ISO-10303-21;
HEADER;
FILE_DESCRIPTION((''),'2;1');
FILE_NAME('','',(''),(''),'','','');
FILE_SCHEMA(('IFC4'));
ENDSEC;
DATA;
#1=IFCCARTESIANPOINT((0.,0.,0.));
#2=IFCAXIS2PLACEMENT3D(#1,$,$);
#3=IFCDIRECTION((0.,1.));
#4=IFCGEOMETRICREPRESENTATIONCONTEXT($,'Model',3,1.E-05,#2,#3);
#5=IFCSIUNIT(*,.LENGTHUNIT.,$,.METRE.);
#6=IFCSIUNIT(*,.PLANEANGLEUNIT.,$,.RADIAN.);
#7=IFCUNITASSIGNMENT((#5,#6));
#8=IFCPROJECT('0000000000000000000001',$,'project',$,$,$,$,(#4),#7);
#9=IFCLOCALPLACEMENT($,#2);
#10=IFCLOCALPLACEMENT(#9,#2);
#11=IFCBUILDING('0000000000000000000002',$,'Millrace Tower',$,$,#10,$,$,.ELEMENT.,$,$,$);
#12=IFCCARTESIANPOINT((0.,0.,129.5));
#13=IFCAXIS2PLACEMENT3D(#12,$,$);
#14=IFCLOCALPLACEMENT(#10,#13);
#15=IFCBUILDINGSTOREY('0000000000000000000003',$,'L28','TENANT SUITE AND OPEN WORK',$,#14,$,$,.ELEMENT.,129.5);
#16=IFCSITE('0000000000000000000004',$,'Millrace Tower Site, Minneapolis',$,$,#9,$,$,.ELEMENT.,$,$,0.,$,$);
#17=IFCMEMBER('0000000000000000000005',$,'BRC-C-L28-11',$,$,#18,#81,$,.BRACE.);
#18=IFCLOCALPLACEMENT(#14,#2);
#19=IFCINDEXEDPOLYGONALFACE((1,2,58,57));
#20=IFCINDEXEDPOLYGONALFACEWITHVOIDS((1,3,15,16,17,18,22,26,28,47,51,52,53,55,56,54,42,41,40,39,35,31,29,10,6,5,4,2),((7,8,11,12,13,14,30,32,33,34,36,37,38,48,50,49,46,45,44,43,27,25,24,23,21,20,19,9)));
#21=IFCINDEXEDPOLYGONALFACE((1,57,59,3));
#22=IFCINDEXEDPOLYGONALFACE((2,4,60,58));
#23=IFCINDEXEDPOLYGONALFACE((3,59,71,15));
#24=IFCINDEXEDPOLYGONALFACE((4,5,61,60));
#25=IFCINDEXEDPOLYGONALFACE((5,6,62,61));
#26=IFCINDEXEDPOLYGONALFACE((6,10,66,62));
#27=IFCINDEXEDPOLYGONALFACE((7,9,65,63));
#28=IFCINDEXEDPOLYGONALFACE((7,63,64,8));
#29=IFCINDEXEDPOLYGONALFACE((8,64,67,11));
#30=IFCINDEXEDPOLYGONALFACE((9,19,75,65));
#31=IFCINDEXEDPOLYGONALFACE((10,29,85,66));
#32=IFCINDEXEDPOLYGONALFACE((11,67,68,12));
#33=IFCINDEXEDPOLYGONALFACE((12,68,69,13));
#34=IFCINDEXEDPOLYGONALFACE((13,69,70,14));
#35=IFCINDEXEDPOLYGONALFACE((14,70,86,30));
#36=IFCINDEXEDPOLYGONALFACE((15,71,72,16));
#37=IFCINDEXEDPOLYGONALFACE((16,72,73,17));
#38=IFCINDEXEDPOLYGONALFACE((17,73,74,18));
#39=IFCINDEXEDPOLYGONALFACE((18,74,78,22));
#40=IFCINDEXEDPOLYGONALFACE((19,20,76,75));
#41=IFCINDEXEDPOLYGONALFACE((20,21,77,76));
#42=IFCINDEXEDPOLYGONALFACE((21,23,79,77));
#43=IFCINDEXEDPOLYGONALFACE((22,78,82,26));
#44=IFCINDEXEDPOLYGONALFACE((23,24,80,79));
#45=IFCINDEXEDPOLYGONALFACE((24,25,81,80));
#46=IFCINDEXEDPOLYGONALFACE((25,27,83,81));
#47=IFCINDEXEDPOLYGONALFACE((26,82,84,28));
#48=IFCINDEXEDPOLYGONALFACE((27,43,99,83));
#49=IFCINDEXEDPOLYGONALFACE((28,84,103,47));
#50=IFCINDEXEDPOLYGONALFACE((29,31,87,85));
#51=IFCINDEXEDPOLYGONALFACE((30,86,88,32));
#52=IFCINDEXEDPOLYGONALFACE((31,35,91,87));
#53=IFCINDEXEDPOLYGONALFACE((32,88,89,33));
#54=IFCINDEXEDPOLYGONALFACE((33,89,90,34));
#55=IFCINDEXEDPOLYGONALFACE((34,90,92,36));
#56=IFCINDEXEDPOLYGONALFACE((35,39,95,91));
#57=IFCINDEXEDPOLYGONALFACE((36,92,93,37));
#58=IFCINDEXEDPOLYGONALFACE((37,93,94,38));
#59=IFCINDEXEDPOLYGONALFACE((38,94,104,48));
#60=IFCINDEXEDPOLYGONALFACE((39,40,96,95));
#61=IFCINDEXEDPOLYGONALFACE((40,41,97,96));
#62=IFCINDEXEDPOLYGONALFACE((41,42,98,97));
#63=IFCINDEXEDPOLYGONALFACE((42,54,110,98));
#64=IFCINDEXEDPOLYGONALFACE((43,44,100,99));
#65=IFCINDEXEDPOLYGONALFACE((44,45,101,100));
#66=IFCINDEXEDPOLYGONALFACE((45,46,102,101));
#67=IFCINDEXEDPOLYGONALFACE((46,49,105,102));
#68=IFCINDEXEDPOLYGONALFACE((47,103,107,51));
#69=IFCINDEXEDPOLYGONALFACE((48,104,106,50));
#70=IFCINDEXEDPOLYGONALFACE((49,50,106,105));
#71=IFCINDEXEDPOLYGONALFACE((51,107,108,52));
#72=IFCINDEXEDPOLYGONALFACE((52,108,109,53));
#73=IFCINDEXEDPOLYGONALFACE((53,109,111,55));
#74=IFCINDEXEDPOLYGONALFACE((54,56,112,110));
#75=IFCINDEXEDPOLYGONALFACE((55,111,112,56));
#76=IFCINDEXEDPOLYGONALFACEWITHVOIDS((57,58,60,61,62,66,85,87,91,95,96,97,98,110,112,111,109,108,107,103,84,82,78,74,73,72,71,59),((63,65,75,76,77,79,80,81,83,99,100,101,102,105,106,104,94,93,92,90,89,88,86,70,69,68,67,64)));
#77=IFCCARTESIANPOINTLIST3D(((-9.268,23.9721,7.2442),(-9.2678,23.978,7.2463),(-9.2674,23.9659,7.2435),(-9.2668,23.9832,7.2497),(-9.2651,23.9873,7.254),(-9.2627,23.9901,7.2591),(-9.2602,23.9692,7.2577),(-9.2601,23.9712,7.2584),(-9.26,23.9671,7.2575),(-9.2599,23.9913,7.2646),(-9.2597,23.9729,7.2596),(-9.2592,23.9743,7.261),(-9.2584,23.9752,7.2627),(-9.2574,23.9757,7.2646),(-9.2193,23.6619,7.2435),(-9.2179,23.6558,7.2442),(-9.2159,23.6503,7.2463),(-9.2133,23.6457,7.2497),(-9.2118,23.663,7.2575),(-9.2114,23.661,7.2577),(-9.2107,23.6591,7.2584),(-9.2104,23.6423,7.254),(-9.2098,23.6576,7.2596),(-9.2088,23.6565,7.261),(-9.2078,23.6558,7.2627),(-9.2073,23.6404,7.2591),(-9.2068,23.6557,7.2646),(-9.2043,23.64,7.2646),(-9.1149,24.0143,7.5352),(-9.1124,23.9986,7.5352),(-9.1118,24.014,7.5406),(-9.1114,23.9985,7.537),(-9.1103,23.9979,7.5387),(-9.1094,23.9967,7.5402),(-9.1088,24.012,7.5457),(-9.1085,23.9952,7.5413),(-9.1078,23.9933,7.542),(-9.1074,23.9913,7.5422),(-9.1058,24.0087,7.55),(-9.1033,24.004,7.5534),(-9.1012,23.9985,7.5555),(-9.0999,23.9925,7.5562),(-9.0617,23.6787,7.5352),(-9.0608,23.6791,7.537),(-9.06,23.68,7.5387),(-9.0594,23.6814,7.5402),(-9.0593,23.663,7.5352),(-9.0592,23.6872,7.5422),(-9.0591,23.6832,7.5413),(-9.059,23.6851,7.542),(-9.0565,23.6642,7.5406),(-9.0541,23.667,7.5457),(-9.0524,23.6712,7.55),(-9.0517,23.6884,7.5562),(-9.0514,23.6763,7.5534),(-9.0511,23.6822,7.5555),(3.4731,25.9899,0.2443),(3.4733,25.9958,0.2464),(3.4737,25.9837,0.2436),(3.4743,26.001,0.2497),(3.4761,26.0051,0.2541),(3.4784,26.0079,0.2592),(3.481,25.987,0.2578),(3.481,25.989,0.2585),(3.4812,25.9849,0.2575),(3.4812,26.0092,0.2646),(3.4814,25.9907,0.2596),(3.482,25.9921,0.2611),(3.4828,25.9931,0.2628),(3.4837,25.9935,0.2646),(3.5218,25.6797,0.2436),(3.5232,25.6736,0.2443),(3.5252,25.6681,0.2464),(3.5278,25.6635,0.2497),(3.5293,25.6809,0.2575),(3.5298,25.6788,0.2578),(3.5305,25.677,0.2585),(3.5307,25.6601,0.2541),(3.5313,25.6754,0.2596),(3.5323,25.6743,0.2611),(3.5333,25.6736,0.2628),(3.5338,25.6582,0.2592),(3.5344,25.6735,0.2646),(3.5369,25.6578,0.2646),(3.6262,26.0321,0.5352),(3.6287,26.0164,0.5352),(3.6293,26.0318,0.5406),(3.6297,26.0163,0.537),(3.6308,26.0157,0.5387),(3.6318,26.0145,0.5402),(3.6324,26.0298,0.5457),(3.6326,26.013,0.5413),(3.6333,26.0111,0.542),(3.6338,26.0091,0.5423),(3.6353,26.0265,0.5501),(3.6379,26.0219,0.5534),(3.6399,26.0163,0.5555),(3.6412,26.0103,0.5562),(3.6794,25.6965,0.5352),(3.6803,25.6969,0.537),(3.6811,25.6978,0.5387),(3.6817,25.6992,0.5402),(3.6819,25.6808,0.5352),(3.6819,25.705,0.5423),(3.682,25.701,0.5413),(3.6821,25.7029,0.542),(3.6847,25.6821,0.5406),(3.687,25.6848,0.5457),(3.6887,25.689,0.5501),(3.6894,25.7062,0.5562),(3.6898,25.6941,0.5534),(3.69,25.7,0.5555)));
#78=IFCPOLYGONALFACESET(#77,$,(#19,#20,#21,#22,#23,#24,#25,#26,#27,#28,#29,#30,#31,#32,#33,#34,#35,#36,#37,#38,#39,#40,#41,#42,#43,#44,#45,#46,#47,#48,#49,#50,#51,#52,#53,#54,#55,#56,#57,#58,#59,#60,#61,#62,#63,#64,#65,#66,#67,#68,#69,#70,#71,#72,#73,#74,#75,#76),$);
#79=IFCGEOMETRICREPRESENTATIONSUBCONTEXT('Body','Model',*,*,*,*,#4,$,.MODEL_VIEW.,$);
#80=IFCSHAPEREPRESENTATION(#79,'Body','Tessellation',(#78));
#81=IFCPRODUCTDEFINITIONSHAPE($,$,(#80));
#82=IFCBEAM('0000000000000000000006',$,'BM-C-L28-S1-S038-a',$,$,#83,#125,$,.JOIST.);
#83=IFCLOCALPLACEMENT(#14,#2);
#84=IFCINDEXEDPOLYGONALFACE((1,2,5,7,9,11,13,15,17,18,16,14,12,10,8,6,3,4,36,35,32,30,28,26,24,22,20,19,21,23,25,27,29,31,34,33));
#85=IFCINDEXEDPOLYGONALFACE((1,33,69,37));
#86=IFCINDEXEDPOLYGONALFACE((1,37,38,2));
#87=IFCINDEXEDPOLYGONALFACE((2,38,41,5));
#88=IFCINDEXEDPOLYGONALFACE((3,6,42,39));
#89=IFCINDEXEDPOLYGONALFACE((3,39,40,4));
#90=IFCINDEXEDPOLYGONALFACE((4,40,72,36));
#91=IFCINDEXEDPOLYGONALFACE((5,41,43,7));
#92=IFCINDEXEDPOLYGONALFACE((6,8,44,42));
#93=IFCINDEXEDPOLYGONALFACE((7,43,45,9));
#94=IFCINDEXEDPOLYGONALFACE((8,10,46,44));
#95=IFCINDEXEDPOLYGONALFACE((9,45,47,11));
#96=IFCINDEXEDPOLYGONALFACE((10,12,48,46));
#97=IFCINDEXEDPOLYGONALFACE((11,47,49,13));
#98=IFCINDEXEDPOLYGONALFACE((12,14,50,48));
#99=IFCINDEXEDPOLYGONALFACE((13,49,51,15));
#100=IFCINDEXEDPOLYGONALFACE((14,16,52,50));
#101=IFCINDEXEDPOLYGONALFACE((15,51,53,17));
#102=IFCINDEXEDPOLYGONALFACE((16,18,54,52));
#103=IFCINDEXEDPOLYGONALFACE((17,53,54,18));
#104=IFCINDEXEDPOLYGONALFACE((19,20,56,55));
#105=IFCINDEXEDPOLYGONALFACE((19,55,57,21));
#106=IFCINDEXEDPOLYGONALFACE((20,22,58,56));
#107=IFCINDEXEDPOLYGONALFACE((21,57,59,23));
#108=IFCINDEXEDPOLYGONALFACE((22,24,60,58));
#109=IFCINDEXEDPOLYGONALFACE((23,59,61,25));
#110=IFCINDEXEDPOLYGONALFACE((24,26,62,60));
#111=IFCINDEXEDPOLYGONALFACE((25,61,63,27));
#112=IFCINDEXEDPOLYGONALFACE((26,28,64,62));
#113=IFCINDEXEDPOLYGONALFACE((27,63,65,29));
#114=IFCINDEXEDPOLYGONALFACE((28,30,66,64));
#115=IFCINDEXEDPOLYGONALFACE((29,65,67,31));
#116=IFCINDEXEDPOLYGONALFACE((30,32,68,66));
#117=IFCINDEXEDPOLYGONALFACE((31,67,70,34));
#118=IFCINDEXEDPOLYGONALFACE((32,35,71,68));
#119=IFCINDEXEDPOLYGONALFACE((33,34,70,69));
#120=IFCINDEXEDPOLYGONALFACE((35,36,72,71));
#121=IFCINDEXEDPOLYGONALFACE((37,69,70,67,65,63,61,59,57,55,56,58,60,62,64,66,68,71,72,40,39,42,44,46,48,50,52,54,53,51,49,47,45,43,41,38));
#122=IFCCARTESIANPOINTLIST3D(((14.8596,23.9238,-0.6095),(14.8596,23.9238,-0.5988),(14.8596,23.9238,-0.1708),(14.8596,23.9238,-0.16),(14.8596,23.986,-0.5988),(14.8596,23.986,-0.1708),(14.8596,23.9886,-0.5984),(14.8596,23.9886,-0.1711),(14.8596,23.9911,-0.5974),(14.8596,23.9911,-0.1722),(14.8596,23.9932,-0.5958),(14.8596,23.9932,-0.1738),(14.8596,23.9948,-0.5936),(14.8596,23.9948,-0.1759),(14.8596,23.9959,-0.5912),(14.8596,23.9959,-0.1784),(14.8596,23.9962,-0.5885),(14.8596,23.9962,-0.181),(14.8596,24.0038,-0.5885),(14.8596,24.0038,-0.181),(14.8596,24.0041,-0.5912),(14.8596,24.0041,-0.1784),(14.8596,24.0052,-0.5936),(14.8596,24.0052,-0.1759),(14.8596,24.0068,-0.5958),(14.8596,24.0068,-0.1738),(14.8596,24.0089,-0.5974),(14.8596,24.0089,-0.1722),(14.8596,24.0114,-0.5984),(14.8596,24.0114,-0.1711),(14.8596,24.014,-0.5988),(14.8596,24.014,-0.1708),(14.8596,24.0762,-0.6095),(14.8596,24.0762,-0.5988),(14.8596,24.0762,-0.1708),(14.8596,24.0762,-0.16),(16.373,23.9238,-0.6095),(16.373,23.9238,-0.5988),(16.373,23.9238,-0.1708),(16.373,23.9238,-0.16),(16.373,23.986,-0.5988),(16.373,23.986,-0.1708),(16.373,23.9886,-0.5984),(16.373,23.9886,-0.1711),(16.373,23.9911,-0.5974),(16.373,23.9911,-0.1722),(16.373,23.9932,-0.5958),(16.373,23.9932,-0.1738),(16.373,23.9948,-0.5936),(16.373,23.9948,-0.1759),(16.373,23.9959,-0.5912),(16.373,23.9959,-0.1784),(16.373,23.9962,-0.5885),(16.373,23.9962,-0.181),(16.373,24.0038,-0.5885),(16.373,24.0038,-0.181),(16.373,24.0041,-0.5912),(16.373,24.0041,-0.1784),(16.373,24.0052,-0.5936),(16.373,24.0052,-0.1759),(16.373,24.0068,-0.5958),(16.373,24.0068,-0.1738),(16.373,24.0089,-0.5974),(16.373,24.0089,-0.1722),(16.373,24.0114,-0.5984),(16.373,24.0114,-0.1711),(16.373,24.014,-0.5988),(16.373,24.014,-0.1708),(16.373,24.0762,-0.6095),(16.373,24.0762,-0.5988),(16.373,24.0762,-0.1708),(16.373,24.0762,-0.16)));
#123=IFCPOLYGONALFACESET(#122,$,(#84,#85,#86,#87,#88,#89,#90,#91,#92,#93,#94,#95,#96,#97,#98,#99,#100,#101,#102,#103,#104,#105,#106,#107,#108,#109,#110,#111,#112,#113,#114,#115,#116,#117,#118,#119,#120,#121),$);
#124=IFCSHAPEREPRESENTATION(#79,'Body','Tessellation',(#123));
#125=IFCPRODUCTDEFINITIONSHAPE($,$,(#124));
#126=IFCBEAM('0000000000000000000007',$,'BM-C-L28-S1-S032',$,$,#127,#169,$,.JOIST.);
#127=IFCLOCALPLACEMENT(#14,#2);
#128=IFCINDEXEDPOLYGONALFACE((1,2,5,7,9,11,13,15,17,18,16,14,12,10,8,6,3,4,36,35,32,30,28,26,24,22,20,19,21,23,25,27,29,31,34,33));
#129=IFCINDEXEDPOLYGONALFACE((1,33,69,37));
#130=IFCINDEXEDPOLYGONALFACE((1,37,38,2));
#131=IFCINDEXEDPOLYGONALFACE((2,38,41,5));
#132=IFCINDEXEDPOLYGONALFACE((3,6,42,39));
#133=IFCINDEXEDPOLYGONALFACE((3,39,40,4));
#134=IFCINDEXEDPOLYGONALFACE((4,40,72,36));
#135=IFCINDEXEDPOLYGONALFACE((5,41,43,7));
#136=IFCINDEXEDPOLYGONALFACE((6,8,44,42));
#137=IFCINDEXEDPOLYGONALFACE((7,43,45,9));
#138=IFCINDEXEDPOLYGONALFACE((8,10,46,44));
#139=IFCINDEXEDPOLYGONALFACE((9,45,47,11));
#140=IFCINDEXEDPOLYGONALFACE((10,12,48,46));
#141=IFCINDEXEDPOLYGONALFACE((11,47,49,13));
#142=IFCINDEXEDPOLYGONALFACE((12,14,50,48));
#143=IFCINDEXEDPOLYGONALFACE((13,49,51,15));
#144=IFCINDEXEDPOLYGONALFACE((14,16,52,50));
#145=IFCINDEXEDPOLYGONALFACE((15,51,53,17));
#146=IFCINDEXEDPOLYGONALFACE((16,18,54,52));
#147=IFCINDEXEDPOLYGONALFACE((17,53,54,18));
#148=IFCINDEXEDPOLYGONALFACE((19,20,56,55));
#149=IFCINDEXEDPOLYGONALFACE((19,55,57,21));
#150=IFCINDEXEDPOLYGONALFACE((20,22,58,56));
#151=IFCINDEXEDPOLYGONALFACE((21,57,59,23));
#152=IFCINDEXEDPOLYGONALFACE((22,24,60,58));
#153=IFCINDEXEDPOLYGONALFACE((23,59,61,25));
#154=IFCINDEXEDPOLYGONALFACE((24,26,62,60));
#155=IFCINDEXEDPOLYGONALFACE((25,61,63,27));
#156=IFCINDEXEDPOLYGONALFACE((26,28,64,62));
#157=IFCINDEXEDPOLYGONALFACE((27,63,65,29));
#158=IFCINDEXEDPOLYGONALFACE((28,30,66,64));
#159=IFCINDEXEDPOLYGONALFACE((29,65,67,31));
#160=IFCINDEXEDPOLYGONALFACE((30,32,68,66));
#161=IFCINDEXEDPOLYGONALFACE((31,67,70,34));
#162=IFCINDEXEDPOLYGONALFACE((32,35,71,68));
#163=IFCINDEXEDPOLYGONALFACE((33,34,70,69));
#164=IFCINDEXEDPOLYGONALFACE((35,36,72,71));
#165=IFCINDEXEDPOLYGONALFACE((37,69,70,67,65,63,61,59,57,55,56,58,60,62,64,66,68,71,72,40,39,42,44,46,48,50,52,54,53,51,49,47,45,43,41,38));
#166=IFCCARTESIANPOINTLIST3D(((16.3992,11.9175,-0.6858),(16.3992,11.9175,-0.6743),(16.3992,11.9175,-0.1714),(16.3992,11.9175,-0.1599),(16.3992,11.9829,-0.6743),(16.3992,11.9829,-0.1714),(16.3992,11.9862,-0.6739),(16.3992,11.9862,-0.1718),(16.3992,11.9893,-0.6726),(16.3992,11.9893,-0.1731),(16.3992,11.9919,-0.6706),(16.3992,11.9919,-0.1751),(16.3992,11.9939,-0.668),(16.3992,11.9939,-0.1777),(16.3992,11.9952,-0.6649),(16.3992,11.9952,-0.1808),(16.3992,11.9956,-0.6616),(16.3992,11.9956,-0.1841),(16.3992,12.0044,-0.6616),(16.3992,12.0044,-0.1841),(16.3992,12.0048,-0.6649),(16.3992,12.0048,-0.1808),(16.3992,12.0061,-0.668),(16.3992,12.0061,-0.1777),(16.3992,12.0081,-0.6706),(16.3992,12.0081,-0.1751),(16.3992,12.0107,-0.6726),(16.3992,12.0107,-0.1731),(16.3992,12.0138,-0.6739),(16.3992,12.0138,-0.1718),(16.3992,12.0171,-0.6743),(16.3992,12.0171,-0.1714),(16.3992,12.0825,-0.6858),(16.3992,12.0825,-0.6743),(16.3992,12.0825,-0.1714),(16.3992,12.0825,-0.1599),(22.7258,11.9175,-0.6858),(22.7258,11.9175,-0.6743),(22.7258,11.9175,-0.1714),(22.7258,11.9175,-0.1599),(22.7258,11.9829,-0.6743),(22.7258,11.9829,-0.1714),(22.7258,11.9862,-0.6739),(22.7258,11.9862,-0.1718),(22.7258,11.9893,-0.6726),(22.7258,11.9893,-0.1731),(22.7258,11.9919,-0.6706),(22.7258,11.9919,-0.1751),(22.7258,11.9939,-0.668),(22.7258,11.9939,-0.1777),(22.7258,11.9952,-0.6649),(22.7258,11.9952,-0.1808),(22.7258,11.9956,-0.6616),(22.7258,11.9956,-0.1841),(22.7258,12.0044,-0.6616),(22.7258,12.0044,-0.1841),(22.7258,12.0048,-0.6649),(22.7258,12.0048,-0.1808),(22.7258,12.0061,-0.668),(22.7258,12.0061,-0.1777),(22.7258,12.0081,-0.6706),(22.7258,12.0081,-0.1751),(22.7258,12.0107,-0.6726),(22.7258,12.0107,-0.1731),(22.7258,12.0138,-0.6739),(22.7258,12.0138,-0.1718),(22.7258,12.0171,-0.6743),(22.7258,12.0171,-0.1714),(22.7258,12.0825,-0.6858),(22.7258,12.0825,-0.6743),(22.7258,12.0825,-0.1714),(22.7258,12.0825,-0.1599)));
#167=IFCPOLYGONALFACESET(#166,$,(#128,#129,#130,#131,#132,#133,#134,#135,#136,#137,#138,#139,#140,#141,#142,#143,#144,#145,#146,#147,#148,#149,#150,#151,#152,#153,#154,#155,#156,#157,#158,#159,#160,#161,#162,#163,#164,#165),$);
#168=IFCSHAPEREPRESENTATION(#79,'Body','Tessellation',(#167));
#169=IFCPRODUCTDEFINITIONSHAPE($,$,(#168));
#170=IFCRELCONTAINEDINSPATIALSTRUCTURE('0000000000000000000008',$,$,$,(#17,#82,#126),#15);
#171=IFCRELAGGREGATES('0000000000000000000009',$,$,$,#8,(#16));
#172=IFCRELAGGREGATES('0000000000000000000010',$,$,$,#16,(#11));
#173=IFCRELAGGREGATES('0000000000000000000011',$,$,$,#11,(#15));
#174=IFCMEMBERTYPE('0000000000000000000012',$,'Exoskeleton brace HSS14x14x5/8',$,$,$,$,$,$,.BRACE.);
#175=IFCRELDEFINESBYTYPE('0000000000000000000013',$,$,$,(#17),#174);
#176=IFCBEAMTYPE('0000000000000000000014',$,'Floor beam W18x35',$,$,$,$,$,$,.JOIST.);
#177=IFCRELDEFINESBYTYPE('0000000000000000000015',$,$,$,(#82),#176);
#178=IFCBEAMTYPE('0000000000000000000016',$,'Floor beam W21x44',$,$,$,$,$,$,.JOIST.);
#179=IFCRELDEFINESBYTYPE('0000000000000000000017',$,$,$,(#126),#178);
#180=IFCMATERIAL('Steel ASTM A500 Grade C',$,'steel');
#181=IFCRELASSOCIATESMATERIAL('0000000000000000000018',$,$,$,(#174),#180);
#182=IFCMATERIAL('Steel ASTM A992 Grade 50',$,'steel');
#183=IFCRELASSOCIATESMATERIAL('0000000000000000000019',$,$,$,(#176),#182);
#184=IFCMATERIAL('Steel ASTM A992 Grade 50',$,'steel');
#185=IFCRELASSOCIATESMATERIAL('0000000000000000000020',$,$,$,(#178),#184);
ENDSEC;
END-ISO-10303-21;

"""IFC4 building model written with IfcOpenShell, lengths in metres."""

from ifc_helpers import new_model, si_unit, direction, frame, origin, origin_2d, place, context, subcontext, project, spatial, hollow_rectangle, i_section, extrude, material, material_profile, profile_set, type_object, element, save


model = new_model("IFC4")

# Units and contexts
model_context = context("Model", 3, precision=1e-05, world=origin(), true_north=direction((0.0, 1.0)))
body_context = subcontext(model_context, "Body", "Model", "MODEL_VIEW")
ifc_project = project(units=[si_unit("LENGTHUNIT", "METRE"), si_unit("PLANEANGLEUNIT", "RADIAN")], contexts=[model_context])

# Site, building, storey
site_placement = place(None, origin())
site = spatial("IfcSite", under=ifc_project, at=site_placement, Name="Millrace Tower Site, Minneapolis", CompositionType="ELEMENT", RefElevation=0.0)
building_placement = place(site_placement, origin())
building = spatial("IfcBuilding", under=site, at=building_placement, Name="Millrace Tower", CompositionType="ELEMENT")
storey_placement = place(building_placement, frame((0.0, 0.0, 129.5)))
storey = spatial("IfcBuildingStorey", under=building, at=storey_placement, Name="L28", Description="TENANT SUITE AND OPEN WORK", CompositionType="ELEMENT", Elevation=129.5)

# Member
ifc_material_1 = material(Name="Steel ASTM A500 Grade C", Category="steel")
ifc_material_profile_1 = material_profile(ifc_material_1, hollow_rectangle(XDim=0.3557, YDim=0.3557, WallThickness=0.0159, InnerFilletRadius=0.0081, OuterFilletRadius=0.0239, at=origin_2d()))
ifc_profile_set_1 = profile_set([ifc_material_profile_1], Name="Steel ASTM A500 Grade C")
member_type_1 = type_object("IfcMemberType", Name="Exoskeleton brace HSS14x14x5/8", PredefinedType="BRACE", material=ifc_profile_set_1)
member_1_placement = place(storey_placement, frame((3.5815, 25.845, 0.3999), z_axis=(-0.868116, -0.137483, 0.476941), x_axis=(0.15642, -0.987691, 0.0)))
element("IfcMember", 1, at=member_1_placement, inside=storey, type_object=member_type_1, Name="BRC-C-L28-11", PredefinedType="BRACE", context=body_context, shape_type="SweptSolid", body=[
    extrude(hollow_rectangle(XDim=0.3557, YDim=0.3557, WallThickness=0.0159, InnerFilletRadius=0.0081, OuterFilletRadius=0.0239, at=origin_2d()), origin(), (0.0, 0.0, 1.0), 14.6768),
])

# Beams
ifc_material_2 = material(Name="Steel ASTM A992 Grade 50", Category="steel")
ifc_material_profile_2 = material_profile(ifc_material_2, i_section(OverallWidth=0.1523, OverallDepth=0.4495, WebThickness=0.0076, FlangeThickness=0.0107, FilletRadius=0.0103, at=origin_2d()))
ifc_profile_set_2 = profile_set([ifc_material_profile_2], Name="Steel ASTM A992 Grade 50")
beam_type_1 = type_object("IfcBeamType", Name="Floor beam W18x35", PredefinedType="JOIST", material=ifc_profile_set_2)
beam_1_placement = place(storey_placement, frame((14.8596, 24.0, -0.3848), z_axis=(1.0, 0.0, 0.0), x_axis=(0.0, 1.0, 0.0)))
element("IfcBeam", 2, at=beam_1_placement, inside=storey, type_object=beam_type_1, Name="BM-C-L28-S1-S038-a", PredefinedType="JOIST", context=body_context, shape_type="SweptSolid", body=[
    extrude(i_section(OverallWidth=0.1523, OverallDepth=0.4495, WebThickness=0.0076, FlangeThickness=0.0107, FilletRadius=0.0103, at=origin_2d()), origin(), (0.0, 0.0, 1.0), 1.5134),
])
ifc_material_3 = material(Name="Steel ASTM A992 Grade 50", Category="steel")
ifc_material_profile_3 = material_profile(ifc_material_3, i_section(OverallWidth=0.165, OverallDepth=0.5259, WebThickness=0.0088, FlangeThickness=0.0115, FilletRadius=0.0127, at=origin_2d()))
ifc_profile_set_3 = profile_set([ifc_material_profile_3], Name="Steel ASTM A992 Grade 50")
beam_type_2 = type_object("IfcBeamType", Name="Floor beam W21x44", PredefinedType="JOIST", material=ifc_profile_set_3)
beam_2_placement = place(storey_placement, frame((16.3992, 12.0, -0.4229), z_axis=(1.0, 0.0, 0.0), x_axis=(0.0, 1.0, 0.0)))
element("IfcBeam", 3, at=beam_2_placement, inside=storey, type_object=beam_type_2, Name="BM-C-L28-S1-S032", PredefinedType="JOIST", context=body_context, shape_type="SweptSolid", body=[
    extrude(i_section(OverallWidth=0.165, OverallDepth=0.5259, WebThickness=0.0088, FlangeThickness=0.0115, FilletRadius=0.0127, at=origin_2d()), origin(), (0.0, 0.0, 1.0), 6.3267),
])

save(model, "model.ifc")
